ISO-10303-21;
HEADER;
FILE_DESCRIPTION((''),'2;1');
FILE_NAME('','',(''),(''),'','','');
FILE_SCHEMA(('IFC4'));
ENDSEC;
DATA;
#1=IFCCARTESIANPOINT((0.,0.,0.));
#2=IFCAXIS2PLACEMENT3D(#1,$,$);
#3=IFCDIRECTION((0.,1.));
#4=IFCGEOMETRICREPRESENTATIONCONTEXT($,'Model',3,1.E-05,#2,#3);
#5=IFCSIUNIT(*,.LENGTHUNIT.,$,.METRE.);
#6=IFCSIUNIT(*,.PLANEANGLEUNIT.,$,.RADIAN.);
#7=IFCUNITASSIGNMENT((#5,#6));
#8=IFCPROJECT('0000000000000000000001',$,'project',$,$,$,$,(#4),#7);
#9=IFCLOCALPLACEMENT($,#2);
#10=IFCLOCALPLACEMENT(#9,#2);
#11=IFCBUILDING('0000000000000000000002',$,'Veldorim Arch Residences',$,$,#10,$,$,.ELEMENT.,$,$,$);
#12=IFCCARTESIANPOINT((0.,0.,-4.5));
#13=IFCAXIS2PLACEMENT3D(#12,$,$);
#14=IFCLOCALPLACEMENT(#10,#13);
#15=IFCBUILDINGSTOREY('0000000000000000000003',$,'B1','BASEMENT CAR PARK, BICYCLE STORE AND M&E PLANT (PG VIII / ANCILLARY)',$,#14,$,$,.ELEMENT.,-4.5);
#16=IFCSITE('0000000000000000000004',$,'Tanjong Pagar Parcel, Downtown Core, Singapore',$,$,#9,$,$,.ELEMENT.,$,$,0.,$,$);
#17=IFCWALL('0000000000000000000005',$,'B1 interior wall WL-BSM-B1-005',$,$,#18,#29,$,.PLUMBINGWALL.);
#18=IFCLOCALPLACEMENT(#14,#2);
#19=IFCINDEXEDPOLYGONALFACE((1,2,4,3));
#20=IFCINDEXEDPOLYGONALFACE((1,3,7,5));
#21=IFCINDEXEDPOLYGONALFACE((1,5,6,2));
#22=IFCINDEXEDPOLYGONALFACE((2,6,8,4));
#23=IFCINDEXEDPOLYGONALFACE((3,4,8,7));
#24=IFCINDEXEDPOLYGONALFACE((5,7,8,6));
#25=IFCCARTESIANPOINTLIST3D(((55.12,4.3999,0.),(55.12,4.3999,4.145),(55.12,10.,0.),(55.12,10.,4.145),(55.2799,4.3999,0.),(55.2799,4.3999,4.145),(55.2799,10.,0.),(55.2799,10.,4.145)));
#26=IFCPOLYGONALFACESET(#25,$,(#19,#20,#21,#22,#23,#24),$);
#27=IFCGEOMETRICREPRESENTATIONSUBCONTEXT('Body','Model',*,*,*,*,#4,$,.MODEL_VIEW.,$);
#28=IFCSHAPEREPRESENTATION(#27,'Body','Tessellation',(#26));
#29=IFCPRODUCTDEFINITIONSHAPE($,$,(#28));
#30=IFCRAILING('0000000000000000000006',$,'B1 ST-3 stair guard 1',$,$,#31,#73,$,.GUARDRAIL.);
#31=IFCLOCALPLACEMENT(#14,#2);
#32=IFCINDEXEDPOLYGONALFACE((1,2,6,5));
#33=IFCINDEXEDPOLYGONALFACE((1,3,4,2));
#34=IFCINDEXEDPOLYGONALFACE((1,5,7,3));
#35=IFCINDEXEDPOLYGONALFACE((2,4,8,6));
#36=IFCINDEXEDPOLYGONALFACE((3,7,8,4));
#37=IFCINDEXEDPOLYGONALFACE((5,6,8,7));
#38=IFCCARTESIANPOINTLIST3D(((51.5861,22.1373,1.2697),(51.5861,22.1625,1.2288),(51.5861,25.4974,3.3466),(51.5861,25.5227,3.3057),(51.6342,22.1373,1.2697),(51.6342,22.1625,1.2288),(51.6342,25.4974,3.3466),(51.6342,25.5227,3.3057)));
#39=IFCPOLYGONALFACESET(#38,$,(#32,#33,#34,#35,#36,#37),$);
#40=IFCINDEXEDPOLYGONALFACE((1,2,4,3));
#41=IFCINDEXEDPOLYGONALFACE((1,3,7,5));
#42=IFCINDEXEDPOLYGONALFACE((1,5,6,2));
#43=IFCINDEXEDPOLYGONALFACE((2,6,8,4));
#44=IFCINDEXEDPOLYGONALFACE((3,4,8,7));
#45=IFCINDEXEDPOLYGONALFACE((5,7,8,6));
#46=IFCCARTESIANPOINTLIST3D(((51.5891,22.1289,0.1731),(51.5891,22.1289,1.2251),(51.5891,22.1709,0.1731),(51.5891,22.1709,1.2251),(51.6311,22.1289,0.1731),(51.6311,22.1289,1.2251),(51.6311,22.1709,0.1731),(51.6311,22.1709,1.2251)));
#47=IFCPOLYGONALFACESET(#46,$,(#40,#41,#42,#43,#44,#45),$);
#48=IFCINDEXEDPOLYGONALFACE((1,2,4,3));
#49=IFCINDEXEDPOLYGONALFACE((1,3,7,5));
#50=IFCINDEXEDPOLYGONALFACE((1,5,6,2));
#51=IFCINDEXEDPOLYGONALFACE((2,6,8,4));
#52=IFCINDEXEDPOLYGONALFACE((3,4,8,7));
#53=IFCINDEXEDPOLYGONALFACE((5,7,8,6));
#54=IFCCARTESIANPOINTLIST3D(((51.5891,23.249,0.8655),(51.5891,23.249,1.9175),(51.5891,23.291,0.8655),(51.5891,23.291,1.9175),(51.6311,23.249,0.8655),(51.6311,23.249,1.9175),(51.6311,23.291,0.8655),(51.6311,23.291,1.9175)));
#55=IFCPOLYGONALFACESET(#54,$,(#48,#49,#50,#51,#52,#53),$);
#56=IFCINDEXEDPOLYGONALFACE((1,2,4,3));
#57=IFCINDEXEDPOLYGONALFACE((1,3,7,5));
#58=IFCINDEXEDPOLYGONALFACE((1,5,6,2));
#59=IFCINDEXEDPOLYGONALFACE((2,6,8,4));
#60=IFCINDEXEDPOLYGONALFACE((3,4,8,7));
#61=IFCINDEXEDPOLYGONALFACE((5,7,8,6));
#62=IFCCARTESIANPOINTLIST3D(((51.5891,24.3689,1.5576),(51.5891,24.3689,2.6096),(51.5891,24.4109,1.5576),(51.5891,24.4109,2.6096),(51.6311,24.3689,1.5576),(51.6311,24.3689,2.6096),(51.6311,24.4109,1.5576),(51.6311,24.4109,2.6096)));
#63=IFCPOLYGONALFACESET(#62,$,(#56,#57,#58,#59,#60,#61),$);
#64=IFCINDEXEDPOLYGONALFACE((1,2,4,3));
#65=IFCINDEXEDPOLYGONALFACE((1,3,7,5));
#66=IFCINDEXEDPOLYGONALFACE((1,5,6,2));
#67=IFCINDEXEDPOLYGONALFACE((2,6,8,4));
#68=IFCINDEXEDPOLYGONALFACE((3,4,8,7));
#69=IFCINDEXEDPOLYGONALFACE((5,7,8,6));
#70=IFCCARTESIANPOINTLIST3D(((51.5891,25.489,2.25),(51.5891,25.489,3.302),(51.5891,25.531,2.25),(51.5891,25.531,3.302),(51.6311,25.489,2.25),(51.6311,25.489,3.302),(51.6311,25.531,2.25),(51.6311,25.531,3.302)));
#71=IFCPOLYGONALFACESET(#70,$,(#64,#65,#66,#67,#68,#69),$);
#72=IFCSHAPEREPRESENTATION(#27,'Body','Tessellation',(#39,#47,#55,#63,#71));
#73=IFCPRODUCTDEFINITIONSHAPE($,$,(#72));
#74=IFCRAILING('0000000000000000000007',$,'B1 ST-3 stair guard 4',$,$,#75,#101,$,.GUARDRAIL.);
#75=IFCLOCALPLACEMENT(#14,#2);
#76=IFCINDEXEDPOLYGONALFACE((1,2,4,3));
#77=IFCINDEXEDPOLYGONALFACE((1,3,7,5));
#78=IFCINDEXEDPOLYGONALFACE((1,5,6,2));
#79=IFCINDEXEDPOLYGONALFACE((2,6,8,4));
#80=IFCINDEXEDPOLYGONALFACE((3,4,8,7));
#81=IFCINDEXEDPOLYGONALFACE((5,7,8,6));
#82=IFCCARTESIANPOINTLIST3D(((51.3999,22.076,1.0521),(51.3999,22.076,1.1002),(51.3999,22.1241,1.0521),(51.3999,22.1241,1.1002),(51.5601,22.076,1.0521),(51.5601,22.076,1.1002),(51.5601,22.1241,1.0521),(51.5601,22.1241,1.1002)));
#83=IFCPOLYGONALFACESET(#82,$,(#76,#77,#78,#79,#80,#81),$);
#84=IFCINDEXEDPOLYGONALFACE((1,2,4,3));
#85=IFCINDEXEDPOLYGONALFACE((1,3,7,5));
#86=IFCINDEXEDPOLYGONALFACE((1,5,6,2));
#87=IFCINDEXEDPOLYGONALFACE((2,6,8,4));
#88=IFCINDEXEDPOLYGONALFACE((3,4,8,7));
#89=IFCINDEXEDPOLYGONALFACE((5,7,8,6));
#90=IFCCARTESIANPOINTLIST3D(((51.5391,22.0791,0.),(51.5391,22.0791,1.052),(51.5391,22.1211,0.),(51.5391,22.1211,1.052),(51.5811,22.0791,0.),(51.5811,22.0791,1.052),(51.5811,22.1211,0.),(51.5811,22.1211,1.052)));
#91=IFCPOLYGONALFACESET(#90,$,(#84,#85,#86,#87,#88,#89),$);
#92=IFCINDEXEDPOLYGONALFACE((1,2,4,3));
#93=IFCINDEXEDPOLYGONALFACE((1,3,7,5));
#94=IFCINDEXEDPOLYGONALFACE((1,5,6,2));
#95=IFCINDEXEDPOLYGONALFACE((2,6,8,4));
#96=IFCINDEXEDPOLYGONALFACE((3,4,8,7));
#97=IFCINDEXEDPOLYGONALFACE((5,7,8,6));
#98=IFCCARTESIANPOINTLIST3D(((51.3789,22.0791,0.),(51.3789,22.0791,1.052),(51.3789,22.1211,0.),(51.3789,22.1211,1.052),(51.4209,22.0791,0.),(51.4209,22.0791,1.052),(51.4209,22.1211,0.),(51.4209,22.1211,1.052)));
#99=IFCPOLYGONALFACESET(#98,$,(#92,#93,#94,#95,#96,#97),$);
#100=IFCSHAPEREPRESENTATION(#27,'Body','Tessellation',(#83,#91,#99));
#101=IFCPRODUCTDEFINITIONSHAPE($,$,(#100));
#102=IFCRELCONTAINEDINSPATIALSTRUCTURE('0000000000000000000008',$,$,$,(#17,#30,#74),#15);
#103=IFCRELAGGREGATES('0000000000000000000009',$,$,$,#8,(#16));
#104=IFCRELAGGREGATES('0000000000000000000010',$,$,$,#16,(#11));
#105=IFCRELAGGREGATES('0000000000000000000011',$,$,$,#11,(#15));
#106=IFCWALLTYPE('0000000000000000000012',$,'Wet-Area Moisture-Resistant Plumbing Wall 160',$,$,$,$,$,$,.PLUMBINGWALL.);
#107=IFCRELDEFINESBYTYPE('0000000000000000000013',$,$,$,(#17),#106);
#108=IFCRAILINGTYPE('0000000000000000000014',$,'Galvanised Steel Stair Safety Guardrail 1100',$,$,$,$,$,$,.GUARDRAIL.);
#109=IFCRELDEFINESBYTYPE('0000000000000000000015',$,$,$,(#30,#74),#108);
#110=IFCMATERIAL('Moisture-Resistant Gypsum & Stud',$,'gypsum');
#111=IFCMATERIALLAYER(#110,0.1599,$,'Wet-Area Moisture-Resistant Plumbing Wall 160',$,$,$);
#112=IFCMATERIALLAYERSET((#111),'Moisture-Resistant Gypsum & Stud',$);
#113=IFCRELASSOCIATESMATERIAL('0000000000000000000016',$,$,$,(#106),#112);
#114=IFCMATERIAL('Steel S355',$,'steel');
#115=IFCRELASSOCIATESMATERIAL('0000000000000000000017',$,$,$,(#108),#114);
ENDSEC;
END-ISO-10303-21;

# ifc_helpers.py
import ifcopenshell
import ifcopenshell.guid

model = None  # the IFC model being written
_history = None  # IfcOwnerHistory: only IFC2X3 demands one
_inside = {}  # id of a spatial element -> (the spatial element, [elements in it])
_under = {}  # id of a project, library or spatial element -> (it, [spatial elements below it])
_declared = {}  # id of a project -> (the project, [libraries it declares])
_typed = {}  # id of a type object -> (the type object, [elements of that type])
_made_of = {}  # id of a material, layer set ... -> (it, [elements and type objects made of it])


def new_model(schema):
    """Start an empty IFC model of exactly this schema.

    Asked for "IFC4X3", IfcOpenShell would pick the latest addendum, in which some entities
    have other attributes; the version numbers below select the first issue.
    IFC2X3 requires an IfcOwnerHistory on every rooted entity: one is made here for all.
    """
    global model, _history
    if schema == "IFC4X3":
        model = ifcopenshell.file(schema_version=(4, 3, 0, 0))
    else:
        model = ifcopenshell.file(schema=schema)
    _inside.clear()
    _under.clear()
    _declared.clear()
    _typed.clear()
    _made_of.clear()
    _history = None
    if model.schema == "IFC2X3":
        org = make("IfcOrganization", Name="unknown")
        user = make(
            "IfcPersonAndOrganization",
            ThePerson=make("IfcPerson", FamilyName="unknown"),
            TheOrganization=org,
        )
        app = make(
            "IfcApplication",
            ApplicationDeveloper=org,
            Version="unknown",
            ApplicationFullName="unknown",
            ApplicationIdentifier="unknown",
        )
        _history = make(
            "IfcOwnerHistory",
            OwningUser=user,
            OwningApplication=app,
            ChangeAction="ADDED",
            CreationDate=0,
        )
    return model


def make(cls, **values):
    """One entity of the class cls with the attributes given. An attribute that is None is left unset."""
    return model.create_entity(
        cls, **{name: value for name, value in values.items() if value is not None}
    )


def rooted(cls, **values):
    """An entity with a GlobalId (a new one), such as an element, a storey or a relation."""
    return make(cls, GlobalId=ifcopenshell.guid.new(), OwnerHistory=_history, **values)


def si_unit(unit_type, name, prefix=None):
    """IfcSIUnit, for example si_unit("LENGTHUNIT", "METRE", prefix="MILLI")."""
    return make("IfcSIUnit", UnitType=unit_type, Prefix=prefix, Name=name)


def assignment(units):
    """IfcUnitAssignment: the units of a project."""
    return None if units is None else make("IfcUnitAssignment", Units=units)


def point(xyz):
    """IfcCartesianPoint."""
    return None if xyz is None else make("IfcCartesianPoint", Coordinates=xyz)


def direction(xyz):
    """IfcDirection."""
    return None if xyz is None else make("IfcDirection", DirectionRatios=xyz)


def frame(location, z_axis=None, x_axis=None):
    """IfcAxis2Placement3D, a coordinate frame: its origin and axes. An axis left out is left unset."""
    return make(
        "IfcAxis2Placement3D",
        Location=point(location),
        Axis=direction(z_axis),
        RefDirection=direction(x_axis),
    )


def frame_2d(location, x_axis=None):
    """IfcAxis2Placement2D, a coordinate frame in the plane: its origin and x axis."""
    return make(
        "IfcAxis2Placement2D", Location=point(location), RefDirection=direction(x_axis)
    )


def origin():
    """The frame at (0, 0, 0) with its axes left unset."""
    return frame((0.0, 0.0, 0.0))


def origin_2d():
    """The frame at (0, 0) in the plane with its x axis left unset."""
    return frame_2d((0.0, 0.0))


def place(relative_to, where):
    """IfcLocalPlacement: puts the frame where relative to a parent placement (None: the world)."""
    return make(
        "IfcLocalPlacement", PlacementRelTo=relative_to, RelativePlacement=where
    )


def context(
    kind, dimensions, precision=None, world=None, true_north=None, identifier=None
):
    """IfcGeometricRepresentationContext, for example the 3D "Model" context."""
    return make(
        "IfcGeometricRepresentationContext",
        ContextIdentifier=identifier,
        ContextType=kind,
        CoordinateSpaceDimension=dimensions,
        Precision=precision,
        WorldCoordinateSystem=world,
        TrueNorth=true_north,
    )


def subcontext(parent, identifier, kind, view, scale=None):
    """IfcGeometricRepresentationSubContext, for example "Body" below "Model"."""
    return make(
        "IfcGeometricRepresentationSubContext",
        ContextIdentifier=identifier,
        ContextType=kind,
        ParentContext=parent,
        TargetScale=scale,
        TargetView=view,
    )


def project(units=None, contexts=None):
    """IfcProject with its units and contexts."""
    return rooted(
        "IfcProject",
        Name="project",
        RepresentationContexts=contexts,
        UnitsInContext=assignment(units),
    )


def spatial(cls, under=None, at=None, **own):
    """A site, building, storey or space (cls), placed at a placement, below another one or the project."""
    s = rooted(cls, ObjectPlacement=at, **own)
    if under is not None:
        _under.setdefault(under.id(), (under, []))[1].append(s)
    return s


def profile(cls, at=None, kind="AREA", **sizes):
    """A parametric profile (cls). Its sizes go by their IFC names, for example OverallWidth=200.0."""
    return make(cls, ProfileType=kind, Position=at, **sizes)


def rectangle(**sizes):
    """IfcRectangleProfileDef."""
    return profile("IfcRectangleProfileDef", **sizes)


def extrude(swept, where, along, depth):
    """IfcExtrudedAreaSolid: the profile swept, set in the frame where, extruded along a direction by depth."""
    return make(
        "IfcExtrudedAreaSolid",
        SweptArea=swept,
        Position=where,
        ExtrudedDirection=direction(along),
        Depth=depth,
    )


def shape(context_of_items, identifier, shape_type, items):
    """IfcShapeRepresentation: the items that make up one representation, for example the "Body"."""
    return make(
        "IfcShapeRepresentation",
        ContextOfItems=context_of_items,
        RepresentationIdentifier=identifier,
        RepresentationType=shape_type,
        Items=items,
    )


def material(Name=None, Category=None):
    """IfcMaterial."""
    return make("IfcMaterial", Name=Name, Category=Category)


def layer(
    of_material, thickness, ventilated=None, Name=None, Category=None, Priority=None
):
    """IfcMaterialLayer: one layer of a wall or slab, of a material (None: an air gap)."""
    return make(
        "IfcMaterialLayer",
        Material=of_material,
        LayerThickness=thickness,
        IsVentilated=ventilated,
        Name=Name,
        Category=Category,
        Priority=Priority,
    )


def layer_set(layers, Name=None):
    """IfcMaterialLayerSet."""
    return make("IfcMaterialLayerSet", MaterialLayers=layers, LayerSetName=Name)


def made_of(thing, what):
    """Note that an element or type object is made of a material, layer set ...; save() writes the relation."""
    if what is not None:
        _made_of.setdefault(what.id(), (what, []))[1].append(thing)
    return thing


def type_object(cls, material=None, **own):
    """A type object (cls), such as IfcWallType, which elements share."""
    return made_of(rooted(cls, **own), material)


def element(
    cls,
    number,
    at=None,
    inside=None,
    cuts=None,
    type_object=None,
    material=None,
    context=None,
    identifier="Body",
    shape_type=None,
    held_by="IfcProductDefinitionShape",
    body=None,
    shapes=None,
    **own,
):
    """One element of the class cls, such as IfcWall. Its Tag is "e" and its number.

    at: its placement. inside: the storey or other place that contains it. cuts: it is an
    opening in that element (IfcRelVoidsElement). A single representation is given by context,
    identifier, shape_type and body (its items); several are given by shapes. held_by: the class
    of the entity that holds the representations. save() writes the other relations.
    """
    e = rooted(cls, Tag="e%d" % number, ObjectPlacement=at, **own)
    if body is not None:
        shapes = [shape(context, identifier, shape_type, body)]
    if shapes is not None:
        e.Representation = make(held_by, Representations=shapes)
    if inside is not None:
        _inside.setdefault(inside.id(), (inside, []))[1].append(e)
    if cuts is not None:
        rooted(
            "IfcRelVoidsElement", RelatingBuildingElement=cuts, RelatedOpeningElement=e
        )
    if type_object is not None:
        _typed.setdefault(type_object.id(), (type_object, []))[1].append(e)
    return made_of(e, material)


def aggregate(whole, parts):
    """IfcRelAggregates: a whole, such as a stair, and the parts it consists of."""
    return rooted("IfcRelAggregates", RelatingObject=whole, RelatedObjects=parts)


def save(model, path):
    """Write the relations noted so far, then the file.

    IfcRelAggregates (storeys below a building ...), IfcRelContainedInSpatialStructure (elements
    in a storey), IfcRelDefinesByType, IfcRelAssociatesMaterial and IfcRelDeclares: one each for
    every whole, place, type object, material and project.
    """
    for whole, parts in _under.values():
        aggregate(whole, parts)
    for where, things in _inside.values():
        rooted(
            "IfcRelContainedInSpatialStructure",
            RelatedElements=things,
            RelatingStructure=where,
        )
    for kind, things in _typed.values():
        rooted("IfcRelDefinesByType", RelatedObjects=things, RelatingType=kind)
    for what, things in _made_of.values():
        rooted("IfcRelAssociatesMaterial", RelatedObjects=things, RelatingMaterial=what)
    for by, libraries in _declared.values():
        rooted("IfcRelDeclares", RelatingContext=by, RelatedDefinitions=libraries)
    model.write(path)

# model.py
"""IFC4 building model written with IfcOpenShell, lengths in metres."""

from ifc_helpers import new_model, si_unit, direction, frame, frame_2d, origin, origin_2d, place, context, subcontext, project, spatial, rectangle, extrude, material, layer, layer_set, type_object, element, save


model = new_model("IFC4")

# Units and contexts
model_context = context("Model", 3, precision=1e-05, world=origin(), true_north=direction((0.0, 1.0)))
body_context = subcontext(model_context, "Body", "Model", "MODEL_VIEW")
ifc_project = project(units=[si_unit("LENGTHUNIT", "METRE"), si_unit("PLANEANGLEUNIT", "RADIAN")], contexts=[model_context])

# Site, building, storey
site_placement = place(None, origin())
site = spatial("IfcSite", under=ifc_project, at=site_placement, Name="Tanjong Pagar Parcel, Downtown Core, Singapore", CompositionType="ELEMENT", RefElevation=0.0)
building_placement = place(site_placement, origin())
building = spatial("IfcBuilding", under=site, at=building_placement, Name="Veldorim Arch Residences", CompositionType="ELEMENT")
storey_placement = place(building_placement, frame((0.0, 0.0, -4.5)))
storey = spatial("IfcBuildingStorey", under=building, at=storey_placement, Name="B1", Description="BASEMENT CAR PARK, BICYCLE STORE AND M&E PLANT (PG VIII / ANCILLARY)", CompositionType="ELEMENT", Elevation=-4.5)

# Shared definitions
ifc_material_1 = material(Name="Moisture-Resistant Gypsum & Stud", Category="gypsum")
ifc_layer_1 = layer(ifc_material_1, 0.1599, Name="Wet-Area Moisture-Resistant Plumbing Wall 160")
ifc_layer_set_1 = layer_set([ifc_layer_1], Name="Moisture-Resistant Gypsum & Stud")
wall_type_1 = type_object("IfcWallType", Name="Wet-Area Moisture-Resistant Plumbing Wall 160", PredefinedType="PLUMBINGWALL", material=ifc_layer_set_1)

# Wall
wall_1_placement = place(storey_placement, frame((55.2, 10.0, 0.0), z_axis=(0.0, 0.0, 1.0), x_axis=(0.0, -1.0, 0.0)))
element("IfcWall", 1, at=wall_1_placement, inside=storey, type_object=wall_type_1, Name="B1 interior wall WL-BSM-B1-005", PredefinedType="PLUMBINGWALL", context=body_context, shape_type="SweptSolid", body=[
    extrude(rectangle(XDim=5.6001, YDim=0.1599, at=frame_2d((2.8, 0.0))), origin(), (0.0, 0.0, 1.0), 4.145),
])

# Railings
ifc_material_2 = material(Name="Steel S355", Category="steel")
railing_type = type_object("IfcRailingType", Name="Galvanised Steel Stair Safety Guardrail 1100", PredefinedType="GUARDRAIL", material=ifc_material_2)
railing_1_placement = place(storey_placement, frame((51.6101, 22.1499, 0.1731)))
element("IfcRailing", 2, at=railing_1_placement, inside=storey, type_object=railing_type, Name="B1 ST-3 stair guard 1", PredefinedType="GUARDRAIL", context=body_context, shape_type="SweptSolid", body=[
    extrude(rectangle(XDim=0.0481, YDim=0.0481, at=origin_2d()), frame((0.0, 0.0, 1.0762), z_axis=(0.0, 0.850623, 0.525776), x_axis=(-1.0, 0.0, 0.0)), (0.0, 0.0, 1.0), 3.9502),
    extrude(rectangle(XDim=0.042, YDim=0.042, at=origin_2d()), origin(), (0.0, 0.0, 1.0), 1.052),
    extrude(rectangle(XDim=0.042, YDim=0.042, at=origin_2d()), frame((0.0, 1.1201, 0.6924)), (0.0, 0.0, 1.0), 1.052),
    extrude(rectangle(XDim=0.042, YDim=0.042, at=origin_2d()), frame((0.0, 2.24, 1.3845)), (0.0, 0.0, 1.0), 1.052),
    extrude(rectangle(XDim=0.042, YDim=0.042, at=origin_2d()), frame((0.0, 3.3601, 2.0769)), (0.0, 0.0, 1.0), 1.052),
])
railing_2_placement = place(storey_placement, frame((51.5601, 22.1001, 0.0)))
element("IfcRailing", 3, at=railing_2_placement, inside=storey, type_object=railing_type, Name="B1 ST-3 stair guard 4", PredefinedType="GUARDRAIL", context=body_context, shape_type="SweptSolid", body=[
    extrude(rectangle(XDim=0.0481, YDim=0.0481, at=origin_2d()), frame((0.0, 0.0, 1.0762), z_axis=(-1.0, 0.0, 0.0), x_axis=(0.0, -1.0, 0.0)), (0.0, 0.0, 1.0), 0.1602),
    extrude(rectangle(XDim=0.042, YDim=0.042, at=origin_2d()), origin(), (0.0, 0.0, 1.0), 1.052),
    extrude(rectangle(XDim=0.042, YDim=0.042, at=origin_2d()), frame((-0.1602, 0.0, 0.0)), (0.0, 0.0, 1.0), 1.052),
])

save(model, "model.ifc")
